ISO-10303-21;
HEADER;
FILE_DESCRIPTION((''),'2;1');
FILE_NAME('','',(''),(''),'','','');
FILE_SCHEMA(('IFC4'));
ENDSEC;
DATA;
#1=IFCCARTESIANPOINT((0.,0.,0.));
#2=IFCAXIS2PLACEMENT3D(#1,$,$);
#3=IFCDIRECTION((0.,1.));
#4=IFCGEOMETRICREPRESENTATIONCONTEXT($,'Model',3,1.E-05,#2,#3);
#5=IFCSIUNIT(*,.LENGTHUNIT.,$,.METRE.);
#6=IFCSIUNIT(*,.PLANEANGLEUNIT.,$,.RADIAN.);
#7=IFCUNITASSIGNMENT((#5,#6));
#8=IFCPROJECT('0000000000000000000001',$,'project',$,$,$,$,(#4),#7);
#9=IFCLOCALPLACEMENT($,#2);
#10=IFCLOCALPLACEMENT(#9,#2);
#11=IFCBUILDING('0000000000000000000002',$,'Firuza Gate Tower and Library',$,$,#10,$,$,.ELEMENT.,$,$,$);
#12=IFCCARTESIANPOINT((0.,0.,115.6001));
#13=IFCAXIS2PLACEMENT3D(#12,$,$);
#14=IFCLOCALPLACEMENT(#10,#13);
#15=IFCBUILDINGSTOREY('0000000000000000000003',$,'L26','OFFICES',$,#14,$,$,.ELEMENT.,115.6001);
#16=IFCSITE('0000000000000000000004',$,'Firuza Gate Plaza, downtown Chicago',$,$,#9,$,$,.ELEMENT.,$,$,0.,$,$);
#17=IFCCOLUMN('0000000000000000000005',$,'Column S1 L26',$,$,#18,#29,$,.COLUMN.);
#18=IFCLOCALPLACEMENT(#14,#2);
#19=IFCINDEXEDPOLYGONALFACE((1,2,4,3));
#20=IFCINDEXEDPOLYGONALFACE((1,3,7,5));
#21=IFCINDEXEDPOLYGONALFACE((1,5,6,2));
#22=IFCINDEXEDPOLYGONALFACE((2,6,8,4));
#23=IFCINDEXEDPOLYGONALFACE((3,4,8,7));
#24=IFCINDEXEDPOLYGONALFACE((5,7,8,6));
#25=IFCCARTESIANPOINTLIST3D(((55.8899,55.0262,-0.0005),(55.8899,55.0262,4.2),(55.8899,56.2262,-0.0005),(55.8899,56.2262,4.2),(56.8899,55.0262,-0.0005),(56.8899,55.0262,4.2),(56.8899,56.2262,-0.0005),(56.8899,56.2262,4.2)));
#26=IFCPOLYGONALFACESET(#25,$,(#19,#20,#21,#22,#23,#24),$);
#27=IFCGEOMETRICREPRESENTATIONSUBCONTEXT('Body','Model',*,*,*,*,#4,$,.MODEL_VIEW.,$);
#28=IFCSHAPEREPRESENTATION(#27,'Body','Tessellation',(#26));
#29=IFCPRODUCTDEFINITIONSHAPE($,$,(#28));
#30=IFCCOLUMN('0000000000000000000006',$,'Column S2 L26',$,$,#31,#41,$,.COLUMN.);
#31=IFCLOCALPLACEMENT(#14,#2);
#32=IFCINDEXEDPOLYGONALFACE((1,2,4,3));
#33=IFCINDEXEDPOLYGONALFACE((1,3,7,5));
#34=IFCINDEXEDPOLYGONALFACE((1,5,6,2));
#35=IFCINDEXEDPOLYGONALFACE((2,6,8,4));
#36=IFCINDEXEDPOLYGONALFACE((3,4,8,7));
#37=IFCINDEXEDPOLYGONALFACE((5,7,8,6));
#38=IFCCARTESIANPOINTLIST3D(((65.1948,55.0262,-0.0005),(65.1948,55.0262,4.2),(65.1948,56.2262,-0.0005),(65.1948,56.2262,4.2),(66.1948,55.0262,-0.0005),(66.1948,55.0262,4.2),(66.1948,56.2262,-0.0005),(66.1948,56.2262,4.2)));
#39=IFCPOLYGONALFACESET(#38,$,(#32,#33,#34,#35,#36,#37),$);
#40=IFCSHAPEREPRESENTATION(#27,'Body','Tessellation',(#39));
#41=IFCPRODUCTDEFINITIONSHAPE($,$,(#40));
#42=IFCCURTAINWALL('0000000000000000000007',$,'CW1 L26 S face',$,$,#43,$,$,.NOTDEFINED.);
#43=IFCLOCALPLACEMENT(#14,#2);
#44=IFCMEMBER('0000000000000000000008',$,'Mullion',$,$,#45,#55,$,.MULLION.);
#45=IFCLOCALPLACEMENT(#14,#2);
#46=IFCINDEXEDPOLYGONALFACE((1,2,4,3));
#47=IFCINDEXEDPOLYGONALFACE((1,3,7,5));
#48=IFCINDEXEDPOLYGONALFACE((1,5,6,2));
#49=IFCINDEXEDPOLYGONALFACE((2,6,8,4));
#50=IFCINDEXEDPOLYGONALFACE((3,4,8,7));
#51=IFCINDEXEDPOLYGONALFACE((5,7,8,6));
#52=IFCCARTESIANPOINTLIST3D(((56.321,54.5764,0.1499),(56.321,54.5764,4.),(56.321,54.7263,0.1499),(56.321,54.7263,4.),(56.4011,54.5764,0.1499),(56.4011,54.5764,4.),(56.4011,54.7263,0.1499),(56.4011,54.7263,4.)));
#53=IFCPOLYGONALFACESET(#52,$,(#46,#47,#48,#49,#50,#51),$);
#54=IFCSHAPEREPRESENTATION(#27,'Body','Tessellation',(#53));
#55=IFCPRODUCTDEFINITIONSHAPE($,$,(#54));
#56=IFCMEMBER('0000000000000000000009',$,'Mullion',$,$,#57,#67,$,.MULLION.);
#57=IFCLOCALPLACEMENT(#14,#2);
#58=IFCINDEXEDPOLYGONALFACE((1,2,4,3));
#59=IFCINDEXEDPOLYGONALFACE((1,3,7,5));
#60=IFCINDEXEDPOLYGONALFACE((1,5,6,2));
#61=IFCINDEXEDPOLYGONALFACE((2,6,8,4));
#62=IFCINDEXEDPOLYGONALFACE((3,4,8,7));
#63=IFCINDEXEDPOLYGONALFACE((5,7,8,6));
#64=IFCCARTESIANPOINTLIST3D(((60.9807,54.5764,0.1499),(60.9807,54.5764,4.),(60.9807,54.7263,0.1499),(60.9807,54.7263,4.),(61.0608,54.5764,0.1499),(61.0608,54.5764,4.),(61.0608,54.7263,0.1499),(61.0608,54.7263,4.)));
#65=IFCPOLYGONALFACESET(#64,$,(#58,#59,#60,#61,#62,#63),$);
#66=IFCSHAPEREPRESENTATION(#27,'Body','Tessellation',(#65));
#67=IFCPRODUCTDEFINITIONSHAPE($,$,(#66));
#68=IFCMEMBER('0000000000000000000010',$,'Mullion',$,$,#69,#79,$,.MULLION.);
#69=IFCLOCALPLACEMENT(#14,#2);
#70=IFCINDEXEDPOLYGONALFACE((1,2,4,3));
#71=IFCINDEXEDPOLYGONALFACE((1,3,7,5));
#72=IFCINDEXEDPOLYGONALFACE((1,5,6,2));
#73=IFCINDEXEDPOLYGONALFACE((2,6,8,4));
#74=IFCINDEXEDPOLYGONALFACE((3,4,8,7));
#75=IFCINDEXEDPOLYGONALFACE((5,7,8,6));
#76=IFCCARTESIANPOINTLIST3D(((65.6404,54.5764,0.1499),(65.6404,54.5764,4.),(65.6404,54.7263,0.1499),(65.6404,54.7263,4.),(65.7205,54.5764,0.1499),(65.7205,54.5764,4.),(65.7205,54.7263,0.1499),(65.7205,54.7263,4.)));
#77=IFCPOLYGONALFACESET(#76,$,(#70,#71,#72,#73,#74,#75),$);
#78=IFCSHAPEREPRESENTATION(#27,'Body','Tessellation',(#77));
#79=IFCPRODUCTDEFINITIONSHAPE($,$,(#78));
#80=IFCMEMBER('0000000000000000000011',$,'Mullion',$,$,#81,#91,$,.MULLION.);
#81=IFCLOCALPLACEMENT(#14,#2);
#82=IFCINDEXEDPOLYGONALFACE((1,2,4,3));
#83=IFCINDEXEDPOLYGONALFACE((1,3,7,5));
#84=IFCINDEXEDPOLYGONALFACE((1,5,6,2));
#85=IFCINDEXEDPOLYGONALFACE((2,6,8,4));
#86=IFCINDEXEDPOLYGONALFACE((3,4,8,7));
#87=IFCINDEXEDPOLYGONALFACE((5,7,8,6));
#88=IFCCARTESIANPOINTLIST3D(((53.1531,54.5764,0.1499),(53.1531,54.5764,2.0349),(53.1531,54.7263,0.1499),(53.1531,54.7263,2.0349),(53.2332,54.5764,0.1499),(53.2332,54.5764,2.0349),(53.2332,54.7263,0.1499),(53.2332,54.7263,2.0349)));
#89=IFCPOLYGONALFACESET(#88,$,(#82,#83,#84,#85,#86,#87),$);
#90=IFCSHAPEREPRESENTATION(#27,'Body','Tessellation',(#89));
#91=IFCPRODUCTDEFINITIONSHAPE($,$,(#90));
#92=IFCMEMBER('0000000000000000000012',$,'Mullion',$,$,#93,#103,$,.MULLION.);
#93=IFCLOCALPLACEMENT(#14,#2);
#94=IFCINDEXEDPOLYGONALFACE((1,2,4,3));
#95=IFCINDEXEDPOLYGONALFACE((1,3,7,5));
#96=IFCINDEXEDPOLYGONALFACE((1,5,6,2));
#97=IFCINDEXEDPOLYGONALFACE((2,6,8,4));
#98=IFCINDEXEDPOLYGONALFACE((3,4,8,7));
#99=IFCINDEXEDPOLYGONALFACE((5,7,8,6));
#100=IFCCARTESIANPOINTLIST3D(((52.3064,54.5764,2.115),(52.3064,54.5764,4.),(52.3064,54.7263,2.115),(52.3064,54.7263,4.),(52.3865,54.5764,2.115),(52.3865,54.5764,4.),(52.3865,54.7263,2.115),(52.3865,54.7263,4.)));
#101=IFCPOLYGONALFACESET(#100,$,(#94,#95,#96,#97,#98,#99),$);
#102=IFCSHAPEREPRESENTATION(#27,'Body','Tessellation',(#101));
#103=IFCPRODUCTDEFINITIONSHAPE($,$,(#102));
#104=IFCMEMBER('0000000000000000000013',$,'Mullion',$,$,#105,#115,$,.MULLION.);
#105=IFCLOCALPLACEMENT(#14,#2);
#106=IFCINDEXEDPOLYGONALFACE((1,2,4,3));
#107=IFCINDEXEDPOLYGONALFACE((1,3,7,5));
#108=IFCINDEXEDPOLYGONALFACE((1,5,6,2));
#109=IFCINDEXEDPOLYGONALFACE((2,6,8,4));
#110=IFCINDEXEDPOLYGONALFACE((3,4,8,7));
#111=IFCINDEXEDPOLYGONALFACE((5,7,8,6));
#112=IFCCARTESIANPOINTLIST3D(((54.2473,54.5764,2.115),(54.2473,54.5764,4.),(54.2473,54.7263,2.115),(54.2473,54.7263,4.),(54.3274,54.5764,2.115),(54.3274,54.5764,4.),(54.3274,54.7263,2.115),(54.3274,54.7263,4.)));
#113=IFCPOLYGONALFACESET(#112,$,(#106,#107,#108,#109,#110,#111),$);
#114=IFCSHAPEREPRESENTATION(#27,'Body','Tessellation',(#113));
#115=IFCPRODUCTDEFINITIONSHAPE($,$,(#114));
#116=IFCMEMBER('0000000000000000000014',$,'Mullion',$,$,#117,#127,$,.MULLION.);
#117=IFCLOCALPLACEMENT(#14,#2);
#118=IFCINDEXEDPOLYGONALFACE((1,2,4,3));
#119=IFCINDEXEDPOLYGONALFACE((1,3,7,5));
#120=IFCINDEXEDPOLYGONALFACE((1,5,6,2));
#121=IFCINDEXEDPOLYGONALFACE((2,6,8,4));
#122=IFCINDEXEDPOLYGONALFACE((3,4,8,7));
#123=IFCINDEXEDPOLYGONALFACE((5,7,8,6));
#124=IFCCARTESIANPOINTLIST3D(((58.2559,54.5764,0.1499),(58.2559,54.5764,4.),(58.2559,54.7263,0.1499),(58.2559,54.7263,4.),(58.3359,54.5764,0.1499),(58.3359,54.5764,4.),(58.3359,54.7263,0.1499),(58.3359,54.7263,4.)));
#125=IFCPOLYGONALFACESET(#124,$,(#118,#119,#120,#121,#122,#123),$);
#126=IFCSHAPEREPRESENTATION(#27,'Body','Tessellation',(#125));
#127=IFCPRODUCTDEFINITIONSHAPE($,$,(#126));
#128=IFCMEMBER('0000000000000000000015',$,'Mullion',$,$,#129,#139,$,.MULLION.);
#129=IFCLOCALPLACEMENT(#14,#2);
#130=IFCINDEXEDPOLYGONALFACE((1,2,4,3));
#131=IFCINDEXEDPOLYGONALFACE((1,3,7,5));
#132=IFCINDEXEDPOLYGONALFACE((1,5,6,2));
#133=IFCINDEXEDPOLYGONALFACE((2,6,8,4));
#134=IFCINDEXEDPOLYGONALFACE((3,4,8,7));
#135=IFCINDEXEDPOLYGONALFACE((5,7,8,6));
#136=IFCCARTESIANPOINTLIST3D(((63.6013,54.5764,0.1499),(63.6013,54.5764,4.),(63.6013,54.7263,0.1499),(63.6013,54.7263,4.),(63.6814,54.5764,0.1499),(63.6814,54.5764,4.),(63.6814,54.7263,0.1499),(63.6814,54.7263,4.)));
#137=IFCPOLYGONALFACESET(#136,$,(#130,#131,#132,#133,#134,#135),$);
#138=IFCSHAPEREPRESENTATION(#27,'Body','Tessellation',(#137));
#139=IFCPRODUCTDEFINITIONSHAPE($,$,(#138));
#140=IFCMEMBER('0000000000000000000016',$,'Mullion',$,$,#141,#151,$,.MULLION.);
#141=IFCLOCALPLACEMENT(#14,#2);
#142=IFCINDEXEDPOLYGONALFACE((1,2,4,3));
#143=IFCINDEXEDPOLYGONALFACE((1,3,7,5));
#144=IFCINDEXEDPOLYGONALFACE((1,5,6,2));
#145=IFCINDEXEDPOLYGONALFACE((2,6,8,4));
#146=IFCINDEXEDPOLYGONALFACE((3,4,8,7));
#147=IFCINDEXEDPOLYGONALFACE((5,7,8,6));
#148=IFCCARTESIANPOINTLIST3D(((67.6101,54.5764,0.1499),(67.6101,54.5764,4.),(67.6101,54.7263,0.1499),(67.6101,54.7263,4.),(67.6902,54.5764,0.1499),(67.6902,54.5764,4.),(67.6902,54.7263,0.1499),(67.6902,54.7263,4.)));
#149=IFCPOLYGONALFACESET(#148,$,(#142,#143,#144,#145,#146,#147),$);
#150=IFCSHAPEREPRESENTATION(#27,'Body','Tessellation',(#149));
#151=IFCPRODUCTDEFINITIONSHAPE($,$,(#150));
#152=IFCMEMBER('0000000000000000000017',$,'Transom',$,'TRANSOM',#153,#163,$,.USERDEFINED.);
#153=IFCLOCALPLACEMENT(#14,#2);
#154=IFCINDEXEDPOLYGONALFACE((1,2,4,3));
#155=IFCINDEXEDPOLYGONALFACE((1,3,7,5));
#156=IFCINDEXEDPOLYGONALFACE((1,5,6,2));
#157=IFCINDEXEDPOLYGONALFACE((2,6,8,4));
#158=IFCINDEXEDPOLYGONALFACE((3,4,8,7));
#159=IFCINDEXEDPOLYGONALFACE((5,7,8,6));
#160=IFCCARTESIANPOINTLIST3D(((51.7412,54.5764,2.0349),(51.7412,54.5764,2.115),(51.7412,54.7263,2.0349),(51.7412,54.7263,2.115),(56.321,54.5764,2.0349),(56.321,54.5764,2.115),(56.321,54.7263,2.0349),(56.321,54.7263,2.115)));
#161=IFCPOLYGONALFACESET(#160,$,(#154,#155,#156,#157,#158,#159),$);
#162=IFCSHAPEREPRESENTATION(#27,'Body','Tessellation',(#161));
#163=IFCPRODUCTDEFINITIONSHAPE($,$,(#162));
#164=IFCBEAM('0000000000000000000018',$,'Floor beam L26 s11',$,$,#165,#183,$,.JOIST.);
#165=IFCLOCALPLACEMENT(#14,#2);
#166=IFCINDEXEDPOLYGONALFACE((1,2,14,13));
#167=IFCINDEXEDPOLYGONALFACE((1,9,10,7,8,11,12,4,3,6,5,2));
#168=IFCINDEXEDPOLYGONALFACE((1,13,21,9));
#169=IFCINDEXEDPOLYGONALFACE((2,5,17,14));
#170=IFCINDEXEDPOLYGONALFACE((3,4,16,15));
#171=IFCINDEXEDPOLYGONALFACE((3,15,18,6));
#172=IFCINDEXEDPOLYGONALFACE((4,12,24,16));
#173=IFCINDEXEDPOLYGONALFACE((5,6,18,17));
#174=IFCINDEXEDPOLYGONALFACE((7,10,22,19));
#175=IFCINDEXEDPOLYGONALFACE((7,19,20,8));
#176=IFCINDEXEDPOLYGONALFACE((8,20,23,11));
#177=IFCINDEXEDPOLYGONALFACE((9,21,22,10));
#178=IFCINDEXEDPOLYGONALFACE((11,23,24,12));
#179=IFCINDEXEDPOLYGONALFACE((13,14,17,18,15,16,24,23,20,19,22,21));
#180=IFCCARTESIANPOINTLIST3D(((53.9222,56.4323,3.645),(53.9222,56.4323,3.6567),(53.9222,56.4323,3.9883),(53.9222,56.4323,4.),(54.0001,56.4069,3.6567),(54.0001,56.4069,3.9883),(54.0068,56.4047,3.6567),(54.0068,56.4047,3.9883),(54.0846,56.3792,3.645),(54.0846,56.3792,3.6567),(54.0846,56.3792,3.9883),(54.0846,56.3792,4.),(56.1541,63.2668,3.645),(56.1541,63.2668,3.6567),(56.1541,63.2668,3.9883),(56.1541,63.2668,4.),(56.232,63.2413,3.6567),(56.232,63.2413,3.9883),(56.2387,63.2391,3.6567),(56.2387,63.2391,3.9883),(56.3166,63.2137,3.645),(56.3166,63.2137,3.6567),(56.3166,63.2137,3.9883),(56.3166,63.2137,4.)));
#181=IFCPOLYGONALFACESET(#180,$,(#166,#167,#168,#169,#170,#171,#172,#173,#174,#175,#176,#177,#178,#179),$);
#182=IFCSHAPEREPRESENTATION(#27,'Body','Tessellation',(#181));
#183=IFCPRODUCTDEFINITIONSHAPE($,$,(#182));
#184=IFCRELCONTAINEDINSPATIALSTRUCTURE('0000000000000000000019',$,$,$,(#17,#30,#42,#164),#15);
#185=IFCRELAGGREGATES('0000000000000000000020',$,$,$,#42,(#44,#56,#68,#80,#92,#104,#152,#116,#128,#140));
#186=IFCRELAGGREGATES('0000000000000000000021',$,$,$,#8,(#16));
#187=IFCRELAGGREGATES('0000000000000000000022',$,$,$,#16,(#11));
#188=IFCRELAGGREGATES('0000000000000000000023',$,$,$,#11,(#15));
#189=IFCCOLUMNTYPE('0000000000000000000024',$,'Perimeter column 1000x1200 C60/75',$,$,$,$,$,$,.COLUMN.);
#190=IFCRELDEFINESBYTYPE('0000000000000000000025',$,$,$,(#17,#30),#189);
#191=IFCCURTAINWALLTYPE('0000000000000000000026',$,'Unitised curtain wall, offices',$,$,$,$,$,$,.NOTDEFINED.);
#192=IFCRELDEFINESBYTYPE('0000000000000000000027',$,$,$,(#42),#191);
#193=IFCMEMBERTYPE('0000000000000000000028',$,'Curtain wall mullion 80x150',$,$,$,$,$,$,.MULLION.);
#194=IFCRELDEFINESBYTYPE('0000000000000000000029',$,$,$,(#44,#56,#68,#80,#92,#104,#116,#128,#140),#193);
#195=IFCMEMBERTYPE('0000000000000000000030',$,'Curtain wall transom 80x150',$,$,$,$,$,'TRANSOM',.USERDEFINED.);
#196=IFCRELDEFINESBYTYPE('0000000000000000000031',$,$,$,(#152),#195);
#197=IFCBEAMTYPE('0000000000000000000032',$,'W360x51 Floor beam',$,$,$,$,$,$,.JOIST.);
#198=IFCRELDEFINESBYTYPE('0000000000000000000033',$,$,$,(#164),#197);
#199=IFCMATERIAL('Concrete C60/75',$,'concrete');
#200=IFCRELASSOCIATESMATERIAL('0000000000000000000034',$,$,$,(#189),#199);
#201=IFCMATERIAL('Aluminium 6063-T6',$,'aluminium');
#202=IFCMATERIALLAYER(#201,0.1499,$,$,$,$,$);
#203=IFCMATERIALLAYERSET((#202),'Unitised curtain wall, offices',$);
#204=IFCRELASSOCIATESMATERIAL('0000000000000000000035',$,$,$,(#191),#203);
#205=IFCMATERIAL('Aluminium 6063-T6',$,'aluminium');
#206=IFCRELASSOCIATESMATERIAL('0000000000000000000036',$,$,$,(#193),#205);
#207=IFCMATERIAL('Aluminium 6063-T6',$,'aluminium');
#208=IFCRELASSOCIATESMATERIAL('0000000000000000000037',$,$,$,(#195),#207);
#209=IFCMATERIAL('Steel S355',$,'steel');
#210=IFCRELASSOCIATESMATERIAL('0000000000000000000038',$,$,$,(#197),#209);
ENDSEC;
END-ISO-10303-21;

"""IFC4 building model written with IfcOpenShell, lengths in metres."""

from ifc_helpers import new_model, si_unit, direction, frame, origin, origin_2d, place, context, subcontext, project, spatial, rectangle, i_section, extrude, material, layer, layer_set, material_profile, profile_set, type_object, element, aggregate, save


model = new_model("IFC4")

# Units and contexts
model_context = context("Model", 3, precision=1e-05, world=origin(), true_north=direction((0.0, 1.0)))
body_context = subcontext(model_context, "Body", "Model", "MODEL_VIEW")
ifc_project = project(units=[si_unit("LENGTHUNIT", "METRE"), si_unit("PLANEANGLEUNIT", "RADIAN")], contexts=[model_context])

# Site, building, storey
site_placement = place(None, origin())
site = spatial("IfcSite", under=ifc_project, at=site_placement, Name="Firuza Gate Plaza, downtown Chicago", CompositionType="ELEMENT", RefElevation=0.0)
building_placement = place(site_placement, origin())
building = spatial("IfcBuilding", under=site, at=building_placement, Name="Firuza Gate Tower and Library", CompositionType="ELEMENT")
storey_placement = place(building_placement, frame((0.0, 0.0, 115.6001)))
storey = spatial("IfcBuildingStorey", under=building, at=storey_placement, Name="L26", Description="OFFICES", CompositionType="ELEMENT", Elevation=115.6001)

# Columns
ifc_material_1 = material(Name="Concrete C60/75", Category="concrete")
ifc_material_profile_1 = material_profile(ifc_material_1, rectangle(XDim=1.0, YDim=1.2, at=origin_2d()))
ifc_profile_set_1 = profile_set([ifc_material_profile_1], Name="Concrete C60/75")
column_type = type_object("IfcColumnType", Name="Perimeter column 1000x1200 C60/75", PredefinedType="COLUMN", material=ifc_profile_set_1)
for number, where, z_axis, x_axis, name in (
    (1, (56.3899, 55.6262, -0.0005), (0.0, 0.0, 1.0), (1.0, 0.0, 0.0), "Column S1 L26"),
    (2, (65.6948, 55.6262, -0.0005), (0.0, 0.0, 1.0), (1.0, 0.0, 0.0), "Column S2 L26"),
):
    element("IfcColumn", number, at=place(storey_placement, frame(where, z_axis=z_axis, x_axis=x_axis)), inside=storey, type_object=column_type, Name=name, PredefinedType="COLUMN", context=body_context, shape_type="SweptSolid", body=[
        extrude(rectangle(XDim=1.0, YDim=1.2, at=origin_2d()), origin(), (0.0, 0.0, 1.0), 4.2004),
    ])

# Curtain wall, members
ifc_material_2 = material(Name="Aluminium 6063-T6", Category="aluminium")
ifc_layer_1 = layer(ifc_material_2, 0.1499)
ifc_layer_set_1 = layer_set([ifc_layer_1], Name="Unitised curtain wall, offices")
curtain_wall_type = type_object("IfcCurtainWallType", Name="Unitised curtain wall, offices", PredefinedType="NOTDEFINED", material=ifc_layer_set_1)
curtain_wall_placement = place(storey_placement, origin())
curtain_wall = element("IfcCurtainWall", 3, at=curtain_wall_placement, inside=storey, type_object=curtain_wall_type, Name="CW1 L26 S face", PredefinedType="NOTDEFINED")
ifc_material_3 = material(Name="Aluminium 6063-T6", Category="aluminium")
ifc_material_profile_2 = material_profile(ifc_material_3, rectangle(XDim=0.1499, YDim=0.0801, at=origin_2d()))
ifc_profile_set_2 = profile_set([ifc_material_profile_2], Name="Aluminium 6063-T6")
member_type_1 = type_object("IfcMemberType", Name="Curtain wall mullion 80x150", PredefinedType="MULLION", material=ifc_profile_set_2)
member_1_placement = place(storey_placement, frame((56.3611, 54.6514, 0.1499), z_axis=(0.0, 0.0, 1.0), x_axis=(0.0, 1.0, 0.0)))
member_1 = element("IfcMember", 4, at=member_1_placement, type_object=member_type_1, Name="Mullion", PredefinedType="MULLION", context=body_context, shape_type="SweptSolid", body=[
    extrude(rectangle(XDim=0.1499, YDim=0.0801, at=origin_2d()), origin(), (0.0, 0.0, 1.0), 3.8501),
])
member_2_placement = place(storey_placement, frame((61.0208, 54.6514, 0.1499), z_axis=(0.0, 0.0, 1.0), x_axis=(0.0, 1.0, 0.0)))
member_2 = element("IfcMember", 5, at=member_2_placement, type_object=member_type_1, Name="Mullion", PredefinedType="MULLION", context=body_context, shape_type="SweptSolid", body=[
    extrude(rectangle(XDim=0.1499, YDim=0.0801, at=origin_2d()), origin(), (0.0, 0.0, 1.0), 3.8501),
])
member_3_placement = place(storey_placement, frame((65.6804, 54.6514, 0.1499), z_axis=(0.0, 0.0, 1.0), x_axis=(0.0, 1.0, 0.0)))
member_3 = element("IfcMember", 6, at=member_3_placement, type_object=member_type_1, Name="Mullion", PredefinedType="MULLION", context=body_context, shape_type="SweptSolid", body=[
    extrude(rectangle(XDim=0.1499, YDim=0.0801, at=origin_2d()), origin(), (0.0, 0.0, 1.0), 3.8501),
])
member_4_placement = place(storey_placement, frame((53.1931, 54.6514, 0.1499), z_axis=(0.0, 0.0, 1.0), x_axis=(0.0, 1.0, 0.0)))
member_4 = element("IfcMember", 7, at=member_4_placement, type_object=member_type_1, Name="Mullion", PredefinedType="MULLION", context=body_context, shape_type="SweptSolid", body=[
    extrude(rectangle(XDim=0.1499, YDim=0.0801, at=origin_2d()), origin(), (0.0, 0.0, 1.0), 1.885),
])
member_5_placement = place(storey_placement, frame((52.3464, 54.6514, 2.115), z_axis=(0.0, 0.0, 1.0), x_axis=(0.0, 1.0, 0.0)))
member_5 = element("IfcMember", 8, at=member_5_placement, type_object=member_type_1, Name="Mullion", PredefinedType="MULLION", context=body_context, shape_type="SweptSolid", body=[
    extrude(rectangle(XDim=0.1499, YDim=0.0801, at=origin_2d()), origin(), (0.0, 0.0, 1.0), 1.885),
])
member_6_placement = place(storey_placement, frame((54.2874, 54.6514, 2.115), z_axis=(0.0, 0.0, 1.0), x_axis=(0.0, 1.0, 0.0)))
member_6 = element("IfcMember", 9, at=member_6_placement, type_object=member_type_1, Name="Mullion", PredefinedType="MULLION", context=body_context, shape_type="SweptSolid", body=[
    extrude(rectangle(XDim=0.1499, YDim=0.0801, at=origin_2d()), origin(), (0.0, 0.0, 1.0), 1.885),
])
member_7_placement = place(storey_placement, frame((58.2959, 54.6514, 0.1499), z_axis=(0.0, 0.0, 1.0), x_axis=(0.0, 1.0, 0.0)))
member_7 = element("IfcMember", 10, at=member_7_placement, type_object=member_type_1, Name="Mullion", PredefinedType="MULLION", context=body_context, shape_type="SweptSolid", body=[
    extrude(rectangle(XDim=0.1499, YDim=0.0801, at=origin_2d()), origin(), (0.0, 0.0, 1.0), 3.8501),
])
member_8_placement = place(storey_placement, frame((63.6414, 54.6514, 0.1499), z_axis=(0.0, 0.0, 1.0), x_axis=(0.0, 1.0, 0.0)))
member_8 = element("IfcMember", 11, at=member_8_placement, type_object=member_type_1, Name="Mullion", PredefinedType="MULLION", context=body_context, shape_type="SweptSolid", body=[
    extrude(rectangle(XDim=0.1499, YDim=0.0801, at=origin_2d()), origin(), (0.0, 0.0, 1.0), 3.8501),
])
member_9_placement = place(storey_placement, frame((67.6501, 54.6514, 0.1499), z_axis=(0.0, 0.0, 1.0), x_axis=(0.0, 1.0, 0.0)))
member_9 = element("IfcMember", 12, at=member_9_placement, type_object=member_type_1, Name="Mullion", PredefinedType="MULLION", context=body_context, shape_type="SweptSolid", body=[
    extrude(rectangle(XDim=0.1499, YDim=0.0801, at=origin_2d()), origin(), (0.0, 0.0, 1.0), 3.8501),
])
ifc_material_4 = material(Name="Aluminium 6063-T6", Category="aluminium")
ifc_material_profile_3 = material_profile(ifc_material_4, rectangle(XDim=0.1499, YDim=0.0801, at=origin_2d()))
ifc_profile_set_3 = profile_set([ifc_material_profile_3], Name="Aluminium 6063-T6")
member_type_2 = type_object("IfcMemberType", Name="Curtain wall transom 80x150", ElementType="TRANSOM", PredefinedType="USERDEFINED", material=ifc_profile_set_3)
member_10_placement = place(storey_placement, frame((51.7412, 54.6514, 2.075), z_axis=(1.0, 0.0, 0.0), x_axis=(0.0, 1.0, 0.0)))
member_10 = element("IfcMember", 13, at=member_10_placement, type_object=member_type_2, Name="Transom", ObjectType="TRANSOM", PredefinedType="USERDEFINED", context=body_context, shape_type="SweptSolid", body=[
    extrude(rectangle(XDim=0.1499, YDim=0.0801, at=origin_2d()), origin(), (0.0, 0.0, 1.0), 4.5798),
])

# Beam
ifc_material_5 = material(Name="Steel S355", Category="steel")
ifc_material_profile_4 = material_profile(ifc_material_5, i_section(OverallWidth=0.1709, OverallDepth=0.355, WebThickness=0.0071, FlangeThickness=0.0117, at=origin_2d()))
ifc_profile_set_4 = profile_set([ifc_material_profile_4], Name="Steel S355")
beam_type_1 = type_object("IfcBeamType", Name="W360x51 Floor beam", PredefinedType="JOIST", material=ifc_profile_set_4)
beam_1_placement = place(storey_placement, frame((54.0034, 56.4058, 3.8225), z_axis=(0.310436, 0.950594, 0.0), x_axis=(-0.950594, 0.310436, 0.0)))
element("IfcBeam", 14, at=beam_1_placement, inside=storey, type_object=beam_type_1, Name="Floor beam L26 s11", PredefinedType="JOIST", context=body_context, shape_type="SweptSolid", body=[
    extrude(i_section(OverallWidth=0.1709, OverallDepth=0.355, WebThickness=0.0071, FlangeThickness=0.0117, at=origin_2d()), origin(), (0.0, 0.0, 1.0), 7.1897),
])

aggregate(curtain_wall, [member_1, member_2, member_3, member_4, member_5, member_6, member_10, member_7, member_8, member_9])

save(model, "model.ifc")
